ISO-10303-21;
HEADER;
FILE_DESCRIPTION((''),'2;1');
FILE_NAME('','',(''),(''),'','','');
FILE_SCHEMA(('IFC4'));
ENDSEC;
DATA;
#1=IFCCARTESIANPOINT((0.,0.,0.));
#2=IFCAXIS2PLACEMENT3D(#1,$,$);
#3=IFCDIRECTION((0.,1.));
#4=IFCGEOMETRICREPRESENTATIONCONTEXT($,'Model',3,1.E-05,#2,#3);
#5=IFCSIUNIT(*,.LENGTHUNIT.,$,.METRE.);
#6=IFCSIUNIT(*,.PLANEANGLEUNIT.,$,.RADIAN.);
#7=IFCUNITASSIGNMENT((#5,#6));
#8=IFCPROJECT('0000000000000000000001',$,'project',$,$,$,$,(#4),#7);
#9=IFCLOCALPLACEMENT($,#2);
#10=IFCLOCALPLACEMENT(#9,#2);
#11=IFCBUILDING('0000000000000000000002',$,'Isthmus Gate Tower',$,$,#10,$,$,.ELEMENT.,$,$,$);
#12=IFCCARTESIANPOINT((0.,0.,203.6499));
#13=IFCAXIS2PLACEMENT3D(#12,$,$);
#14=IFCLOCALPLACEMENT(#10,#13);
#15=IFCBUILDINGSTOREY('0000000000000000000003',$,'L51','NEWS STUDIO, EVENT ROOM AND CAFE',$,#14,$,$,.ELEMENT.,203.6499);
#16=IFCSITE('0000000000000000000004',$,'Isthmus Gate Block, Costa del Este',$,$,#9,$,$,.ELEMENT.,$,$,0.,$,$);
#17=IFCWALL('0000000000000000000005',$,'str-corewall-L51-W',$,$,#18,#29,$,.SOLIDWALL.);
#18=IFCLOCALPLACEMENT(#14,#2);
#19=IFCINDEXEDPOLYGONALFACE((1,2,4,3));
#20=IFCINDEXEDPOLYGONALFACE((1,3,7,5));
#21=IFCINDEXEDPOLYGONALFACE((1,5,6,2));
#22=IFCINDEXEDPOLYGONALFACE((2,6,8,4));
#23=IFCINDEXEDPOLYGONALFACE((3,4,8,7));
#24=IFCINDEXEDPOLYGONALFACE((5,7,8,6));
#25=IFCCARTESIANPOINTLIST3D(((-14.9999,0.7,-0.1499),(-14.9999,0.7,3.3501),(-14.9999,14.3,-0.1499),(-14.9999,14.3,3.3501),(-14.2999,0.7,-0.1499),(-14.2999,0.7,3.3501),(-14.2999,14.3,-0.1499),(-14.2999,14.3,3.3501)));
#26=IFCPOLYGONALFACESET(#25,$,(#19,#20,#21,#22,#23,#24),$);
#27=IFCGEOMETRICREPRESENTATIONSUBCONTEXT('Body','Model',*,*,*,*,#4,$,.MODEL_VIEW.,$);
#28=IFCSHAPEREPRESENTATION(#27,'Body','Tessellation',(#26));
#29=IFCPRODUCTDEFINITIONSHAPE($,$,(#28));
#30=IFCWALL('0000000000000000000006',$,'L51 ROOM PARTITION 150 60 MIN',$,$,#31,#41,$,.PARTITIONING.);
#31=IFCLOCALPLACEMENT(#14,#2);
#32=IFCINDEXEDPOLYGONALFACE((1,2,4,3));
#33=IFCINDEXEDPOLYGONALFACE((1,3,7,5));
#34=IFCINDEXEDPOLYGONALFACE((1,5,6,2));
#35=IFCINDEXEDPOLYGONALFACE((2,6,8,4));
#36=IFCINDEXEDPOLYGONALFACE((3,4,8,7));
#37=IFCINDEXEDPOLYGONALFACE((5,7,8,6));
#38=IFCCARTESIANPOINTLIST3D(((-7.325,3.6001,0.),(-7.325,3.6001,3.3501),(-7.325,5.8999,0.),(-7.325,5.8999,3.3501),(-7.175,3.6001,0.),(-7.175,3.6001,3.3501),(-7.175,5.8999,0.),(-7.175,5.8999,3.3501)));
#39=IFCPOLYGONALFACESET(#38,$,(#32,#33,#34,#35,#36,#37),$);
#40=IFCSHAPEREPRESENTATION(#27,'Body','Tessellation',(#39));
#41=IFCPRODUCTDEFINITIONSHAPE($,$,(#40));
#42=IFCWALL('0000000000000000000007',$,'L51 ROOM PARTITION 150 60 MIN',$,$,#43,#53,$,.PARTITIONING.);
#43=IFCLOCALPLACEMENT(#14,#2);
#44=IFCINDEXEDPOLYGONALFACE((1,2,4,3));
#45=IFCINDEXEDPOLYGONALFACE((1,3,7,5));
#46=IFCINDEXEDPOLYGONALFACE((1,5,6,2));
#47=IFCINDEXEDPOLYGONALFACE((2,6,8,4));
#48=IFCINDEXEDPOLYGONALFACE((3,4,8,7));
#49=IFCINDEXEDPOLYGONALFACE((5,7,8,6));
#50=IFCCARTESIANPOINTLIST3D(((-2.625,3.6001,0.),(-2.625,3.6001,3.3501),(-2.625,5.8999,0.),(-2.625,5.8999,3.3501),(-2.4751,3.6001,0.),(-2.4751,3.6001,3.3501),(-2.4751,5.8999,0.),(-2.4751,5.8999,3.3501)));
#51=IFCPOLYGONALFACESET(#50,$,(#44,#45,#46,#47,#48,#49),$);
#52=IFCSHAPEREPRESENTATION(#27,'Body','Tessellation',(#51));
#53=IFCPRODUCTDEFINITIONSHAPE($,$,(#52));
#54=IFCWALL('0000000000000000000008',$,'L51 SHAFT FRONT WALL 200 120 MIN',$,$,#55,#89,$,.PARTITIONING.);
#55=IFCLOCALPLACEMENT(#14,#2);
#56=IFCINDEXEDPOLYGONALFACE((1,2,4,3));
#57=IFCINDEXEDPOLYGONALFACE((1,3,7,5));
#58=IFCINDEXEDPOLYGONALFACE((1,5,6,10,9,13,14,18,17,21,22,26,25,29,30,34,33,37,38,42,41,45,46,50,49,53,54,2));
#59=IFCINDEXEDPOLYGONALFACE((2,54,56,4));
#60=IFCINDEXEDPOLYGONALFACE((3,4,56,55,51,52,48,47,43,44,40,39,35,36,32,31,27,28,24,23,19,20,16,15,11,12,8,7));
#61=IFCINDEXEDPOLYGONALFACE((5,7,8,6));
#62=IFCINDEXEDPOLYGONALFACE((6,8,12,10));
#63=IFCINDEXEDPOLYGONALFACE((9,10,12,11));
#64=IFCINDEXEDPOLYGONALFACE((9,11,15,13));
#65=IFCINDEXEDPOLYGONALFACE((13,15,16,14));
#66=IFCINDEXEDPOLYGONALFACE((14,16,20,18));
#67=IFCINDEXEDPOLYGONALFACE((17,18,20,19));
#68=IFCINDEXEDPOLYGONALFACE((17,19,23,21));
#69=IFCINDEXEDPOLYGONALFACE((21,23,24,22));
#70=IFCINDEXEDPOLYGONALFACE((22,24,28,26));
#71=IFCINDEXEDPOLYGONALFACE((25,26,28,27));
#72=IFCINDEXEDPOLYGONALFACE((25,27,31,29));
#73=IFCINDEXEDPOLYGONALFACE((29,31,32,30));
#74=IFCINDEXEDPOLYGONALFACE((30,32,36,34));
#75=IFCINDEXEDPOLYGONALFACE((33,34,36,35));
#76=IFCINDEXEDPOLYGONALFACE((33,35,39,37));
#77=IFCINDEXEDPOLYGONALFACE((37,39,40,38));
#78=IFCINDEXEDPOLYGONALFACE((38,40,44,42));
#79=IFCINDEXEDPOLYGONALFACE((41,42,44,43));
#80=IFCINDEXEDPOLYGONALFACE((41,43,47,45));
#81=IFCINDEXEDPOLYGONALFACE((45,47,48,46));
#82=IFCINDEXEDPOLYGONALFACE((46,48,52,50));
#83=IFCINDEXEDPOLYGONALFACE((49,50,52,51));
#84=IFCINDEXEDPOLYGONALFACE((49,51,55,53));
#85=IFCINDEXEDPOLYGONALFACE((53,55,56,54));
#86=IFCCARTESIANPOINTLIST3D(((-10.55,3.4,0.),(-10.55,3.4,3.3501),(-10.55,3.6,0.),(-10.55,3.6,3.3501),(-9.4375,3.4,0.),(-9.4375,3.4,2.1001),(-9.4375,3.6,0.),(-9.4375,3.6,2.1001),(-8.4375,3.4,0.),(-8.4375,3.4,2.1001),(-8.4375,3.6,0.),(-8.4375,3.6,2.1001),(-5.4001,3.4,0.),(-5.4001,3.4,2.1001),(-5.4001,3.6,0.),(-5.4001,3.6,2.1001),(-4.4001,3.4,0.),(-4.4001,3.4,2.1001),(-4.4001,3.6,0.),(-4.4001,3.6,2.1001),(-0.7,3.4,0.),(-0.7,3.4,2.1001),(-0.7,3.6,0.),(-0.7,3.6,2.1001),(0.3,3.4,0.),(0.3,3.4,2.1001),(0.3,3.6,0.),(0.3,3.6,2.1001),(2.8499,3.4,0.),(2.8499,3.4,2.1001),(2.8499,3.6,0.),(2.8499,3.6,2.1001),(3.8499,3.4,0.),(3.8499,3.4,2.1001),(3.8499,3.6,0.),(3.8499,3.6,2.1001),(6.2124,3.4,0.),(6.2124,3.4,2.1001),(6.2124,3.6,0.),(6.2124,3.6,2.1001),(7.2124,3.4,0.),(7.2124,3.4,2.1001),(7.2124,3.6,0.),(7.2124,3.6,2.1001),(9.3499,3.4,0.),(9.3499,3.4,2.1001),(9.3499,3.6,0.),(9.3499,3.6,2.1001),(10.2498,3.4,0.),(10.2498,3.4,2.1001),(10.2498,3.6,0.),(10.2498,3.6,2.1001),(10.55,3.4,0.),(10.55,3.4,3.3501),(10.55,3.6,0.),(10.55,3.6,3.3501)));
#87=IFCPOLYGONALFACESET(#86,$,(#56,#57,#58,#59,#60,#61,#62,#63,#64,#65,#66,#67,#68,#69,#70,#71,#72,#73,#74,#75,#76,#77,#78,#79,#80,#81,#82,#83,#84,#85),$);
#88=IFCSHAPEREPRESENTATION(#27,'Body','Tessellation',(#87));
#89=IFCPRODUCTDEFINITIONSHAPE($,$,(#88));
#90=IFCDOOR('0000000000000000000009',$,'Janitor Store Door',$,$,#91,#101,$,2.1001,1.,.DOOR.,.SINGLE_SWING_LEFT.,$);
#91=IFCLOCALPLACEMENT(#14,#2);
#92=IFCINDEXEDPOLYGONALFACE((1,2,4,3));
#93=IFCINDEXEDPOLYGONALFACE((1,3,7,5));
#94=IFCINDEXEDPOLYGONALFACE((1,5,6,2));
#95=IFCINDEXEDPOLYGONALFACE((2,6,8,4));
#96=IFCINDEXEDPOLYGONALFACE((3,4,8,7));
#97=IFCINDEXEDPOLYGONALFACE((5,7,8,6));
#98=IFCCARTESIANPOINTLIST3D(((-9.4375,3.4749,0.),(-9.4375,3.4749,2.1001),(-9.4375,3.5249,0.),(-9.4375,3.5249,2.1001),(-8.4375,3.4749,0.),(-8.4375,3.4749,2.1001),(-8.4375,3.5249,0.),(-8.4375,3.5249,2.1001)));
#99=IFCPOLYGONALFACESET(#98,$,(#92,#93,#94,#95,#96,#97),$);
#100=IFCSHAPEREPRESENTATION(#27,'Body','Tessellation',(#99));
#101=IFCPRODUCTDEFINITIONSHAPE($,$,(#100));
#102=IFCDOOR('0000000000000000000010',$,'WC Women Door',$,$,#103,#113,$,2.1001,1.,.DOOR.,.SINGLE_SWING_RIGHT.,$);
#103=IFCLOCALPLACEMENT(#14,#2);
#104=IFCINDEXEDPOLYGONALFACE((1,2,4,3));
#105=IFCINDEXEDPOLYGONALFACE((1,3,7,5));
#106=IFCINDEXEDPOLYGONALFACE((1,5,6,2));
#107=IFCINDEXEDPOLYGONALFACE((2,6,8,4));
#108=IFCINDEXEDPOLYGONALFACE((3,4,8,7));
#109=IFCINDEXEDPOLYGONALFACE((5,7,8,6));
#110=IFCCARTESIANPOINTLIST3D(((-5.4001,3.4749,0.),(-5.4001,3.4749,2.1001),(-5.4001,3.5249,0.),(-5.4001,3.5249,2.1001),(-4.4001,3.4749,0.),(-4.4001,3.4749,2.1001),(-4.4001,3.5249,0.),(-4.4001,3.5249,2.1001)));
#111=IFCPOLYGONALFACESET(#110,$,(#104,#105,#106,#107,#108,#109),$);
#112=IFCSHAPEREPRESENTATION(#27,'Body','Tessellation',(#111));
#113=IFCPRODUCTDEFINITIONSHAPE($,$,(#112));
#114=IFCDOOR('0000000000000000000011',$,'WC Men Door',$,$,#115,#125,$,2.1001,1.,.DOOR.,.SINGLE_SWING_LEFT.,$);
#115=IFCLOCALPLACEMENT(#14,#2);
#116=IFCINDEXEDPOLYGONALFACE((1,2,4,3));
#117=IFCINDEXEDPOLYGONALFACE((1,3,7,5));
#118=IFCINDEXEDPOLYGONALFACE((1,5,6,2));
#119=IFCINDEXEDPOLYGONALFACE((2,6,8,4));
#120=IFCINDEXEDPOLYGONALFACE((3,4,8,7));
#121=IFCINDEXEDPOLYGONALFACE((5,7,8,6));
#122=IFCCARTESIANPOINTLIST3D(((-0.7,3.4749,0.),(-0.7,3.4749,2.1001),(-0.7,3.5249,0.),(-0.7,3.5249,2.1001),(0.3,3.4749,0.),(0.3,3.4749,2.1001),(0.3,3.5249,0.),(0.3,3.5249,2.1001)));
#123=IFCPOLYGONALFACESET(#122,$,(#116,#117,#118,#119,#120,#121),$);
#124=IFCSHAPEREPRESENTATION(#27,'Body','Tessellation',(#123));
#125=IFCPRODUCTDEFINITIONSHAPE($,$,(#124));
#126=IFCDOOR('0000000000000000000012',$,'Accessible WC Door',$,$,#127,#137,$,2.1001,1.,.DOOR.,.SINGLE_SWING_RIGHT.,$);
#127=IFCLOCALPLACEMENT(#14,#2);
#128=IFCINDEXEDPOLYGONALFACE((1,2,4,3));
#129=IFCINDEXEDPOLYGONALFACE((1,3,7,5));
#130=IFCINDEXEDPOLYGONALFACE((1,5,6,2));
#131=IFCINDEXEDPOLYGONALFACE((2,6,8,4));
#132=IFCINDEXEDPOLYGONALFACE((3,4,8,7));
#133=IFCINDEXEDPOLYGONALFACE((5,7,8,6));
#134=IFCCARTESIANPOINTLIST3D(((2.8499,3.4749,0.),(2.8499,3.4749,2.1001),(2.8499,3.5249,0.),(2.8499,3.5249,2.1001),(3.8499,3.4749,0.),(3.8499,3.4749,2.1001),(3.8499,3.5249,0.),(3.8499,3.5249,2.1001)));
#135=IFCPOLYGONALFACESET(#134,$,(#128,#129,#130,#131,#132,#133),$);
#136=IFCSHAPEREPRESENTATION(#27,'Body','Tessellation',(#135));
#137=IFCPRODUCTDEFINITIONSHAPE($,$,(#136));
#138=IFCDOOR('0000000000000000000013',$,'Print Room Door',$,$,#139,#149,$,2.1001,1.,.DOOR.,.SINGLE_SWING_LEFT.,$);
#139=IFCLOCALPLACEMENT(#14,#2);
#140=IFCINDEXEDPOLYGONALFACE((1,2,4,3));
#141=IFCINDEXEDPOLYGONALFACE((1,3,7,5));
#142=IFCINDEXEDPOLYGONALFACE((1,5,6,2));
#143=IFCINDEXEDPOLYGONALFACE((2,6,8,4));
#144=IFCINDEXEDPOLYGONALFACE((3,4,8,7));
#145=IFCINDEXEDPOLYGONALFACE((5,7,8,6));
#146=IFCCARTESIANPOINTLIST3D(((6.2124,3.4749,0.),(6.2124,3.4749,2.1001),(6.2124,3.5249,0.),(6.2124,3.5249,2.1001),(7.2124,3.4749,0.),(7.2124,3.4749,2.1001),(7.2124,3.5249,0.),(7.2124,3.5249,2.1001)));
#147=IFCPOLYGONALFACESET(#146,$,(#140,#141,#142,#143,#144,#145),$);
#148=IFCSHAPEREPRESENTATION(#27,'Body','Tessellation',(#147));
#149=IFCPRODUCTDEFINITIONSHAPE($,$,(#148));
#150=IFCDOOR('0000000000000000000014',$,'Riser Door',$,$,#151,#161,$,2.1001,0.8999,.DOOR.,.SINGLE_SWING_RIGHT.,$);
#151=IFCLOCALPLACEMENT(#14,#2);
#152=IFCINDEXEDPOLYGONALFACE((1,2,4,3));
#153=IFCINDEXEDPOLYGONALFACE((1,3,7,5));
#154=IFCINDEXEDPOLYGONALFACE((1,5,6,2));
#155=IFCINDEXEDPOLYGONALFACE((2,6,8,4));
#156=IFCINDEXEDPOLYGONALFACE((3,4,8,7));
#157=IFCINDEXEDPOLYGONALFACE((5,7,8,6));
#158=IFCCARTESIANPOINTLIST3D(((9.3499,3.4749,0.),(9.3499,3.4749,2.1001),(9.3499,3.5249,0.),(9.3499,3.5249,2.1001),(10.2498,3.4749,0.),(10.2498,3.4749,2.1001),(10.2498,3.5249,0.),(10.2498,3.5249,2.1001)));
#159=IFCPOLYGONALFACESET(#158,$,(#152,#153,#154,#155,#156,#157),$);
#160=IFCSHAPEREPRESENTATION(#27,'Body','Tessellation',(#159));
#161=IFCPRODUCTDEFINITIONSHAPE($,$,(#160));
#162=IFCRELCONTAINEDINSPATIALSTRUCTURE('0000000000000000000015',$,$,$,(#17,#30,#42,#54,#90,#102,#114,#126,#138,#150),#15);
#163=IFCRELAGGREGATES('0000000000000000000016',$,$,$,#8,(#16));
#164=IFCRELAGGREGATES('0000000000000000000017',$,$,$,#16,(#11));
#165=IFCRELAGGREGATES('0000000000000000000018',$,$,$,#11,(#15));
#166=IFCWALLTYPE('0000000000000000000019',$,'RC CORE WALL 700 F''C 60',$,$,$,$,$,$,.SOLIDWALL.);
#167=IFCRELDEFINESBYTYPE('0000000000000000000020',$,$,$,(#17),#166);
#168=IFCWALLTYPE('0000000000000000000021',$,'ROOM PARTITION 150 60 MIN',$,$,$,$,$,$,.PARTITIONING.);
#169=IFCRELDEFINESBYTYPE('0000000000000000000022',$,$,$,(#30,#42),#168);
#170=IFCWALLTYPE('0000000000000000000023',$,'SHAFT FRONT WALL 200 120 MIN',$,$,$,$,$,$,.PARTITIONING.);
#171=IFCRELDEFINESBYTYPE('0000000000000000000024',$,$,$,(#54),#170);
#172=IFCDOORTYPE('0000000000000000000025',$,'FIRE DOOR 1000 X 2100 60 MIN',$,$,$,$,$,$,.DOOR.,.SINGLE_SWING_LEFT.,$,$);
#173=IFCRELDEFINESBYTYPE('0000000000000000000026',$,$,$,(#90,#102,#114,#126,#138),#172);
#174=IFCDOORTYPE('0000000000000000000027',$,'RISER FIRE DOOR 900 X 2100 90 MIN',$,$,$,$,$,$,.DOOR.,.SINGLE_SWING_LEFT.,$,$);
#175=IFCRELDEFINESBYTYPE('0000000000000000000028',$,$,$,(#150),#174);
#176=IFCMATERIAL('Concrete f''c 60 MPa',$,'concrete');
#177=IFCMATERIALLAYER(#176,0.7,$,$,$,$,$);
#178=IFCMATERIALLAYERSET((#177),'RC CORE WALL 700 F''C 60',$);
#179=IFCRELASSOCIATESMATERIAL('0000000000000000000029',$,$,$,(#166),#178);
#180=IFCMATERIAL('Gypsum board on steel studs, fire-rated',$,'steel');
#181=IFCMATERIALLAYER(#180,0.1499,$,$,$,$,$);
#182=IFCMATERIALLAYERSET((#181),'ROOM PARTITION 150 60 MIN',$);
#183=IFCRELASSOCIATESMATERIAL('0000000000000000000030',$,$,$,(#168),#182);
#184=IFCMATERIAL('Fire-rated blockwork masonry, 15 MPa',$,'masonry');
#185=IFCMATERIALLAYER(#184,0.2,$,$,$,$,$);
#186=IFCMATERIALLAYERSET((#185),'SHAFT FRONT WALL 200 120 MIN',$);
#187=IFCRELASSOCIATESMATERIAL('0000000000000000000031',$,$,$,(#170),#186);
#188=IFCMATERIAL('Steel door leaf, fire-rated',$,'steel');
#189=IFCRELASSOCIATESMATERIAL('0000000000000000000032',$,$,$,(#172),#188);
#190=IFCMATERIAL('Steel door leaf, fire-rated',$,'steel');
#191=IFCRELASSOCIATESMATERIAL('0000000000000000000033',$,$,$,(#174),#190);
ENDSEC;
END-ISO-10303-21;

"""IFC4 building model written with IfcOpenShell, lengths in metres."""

from ifc_helpers import new_model, si_unit, direction, frame, frame_2d, origin, place, context, subcontext, project, spatial, rectangle, extrude, material, layer, layer_set, type_object, element, fill, save


model = new_model("IFC4")

# Units and contexts
model_context = context("Model", 3, precision=1e-05, world=origin(), true_north=direction((0.0, 1.0)))
body_context = subcontext(model_context, "Body", "Model", "MODEL_VIEW")
ifc_project = project(units=[si_unit("LENGTHUNIT", "METRE"), si_unit("PLANEANGLEUNIT", "RADIAN")], contexts=[model_context])

# Site, building, storey
site_placement = place(None, origin())
site = spatial("IfcSite", under=ifc_project, at=site_placement, Name="Isthmus Gate Block, Costa del Este", CompositionType="ELEMENT", RefElevation=0.0)
building_placement = place(site_placement, origin())
building = spatial("IfcBuilding", under=site, at=building_placement, Name="Isthmus Gate Tower", CompositionType="ELEMENT")
storey_placement = place(building_placement, frame((0.0, 0.0, 203.6499)))
storey = spatial("IfcBuildingStorey", under=building, at=storey_placement, Name="L51", Description="NEWS STUDIO, EVENT ROOM AND CAFE", CompositionType="ELEMENT", Elevation=203.6499)

# Shared definitions
ifc_material_1 = material(Name="Concrete f'c 60 MPa", Category="concrete")
ifc_layer_1 = layer(ifc_material_1, 0.7)
ifc_layer_set_1 = layer_set([ifc_layer_1], Name="RC CORE WALL 700 F'C 60")
wall_type_1 = type_object("IfcWallType", Name="RC CORE WALL 700 F'C 60", PredefinedType="SOLIDWALL", material=ifc_layer_set_1)

# Walls
wall_1_placement = place(storey_placement, frame((-14.6499, 0.7, -0.1499), z_axis=(0.0, 0.0, 1.0), x_axis=(0.0, 1.0, 0.0)))
element("IfcWall", 1, at=wall_1_placement, inside=storey, type_object=wall_type_1, Name="str-corewall-L51-W", PredefinedType="SOLIDWALL", context=body_context, shape_type="SweptSolid", body=[
    extrude(rectangle(XDim=13.6001, YDim=0.7, at=frame_2d((6.8, 0.0))), origin(), (0.0, 0.0, 1.0), 3.5),
])
ifc_material_2 = material(Name="Gypsum board on steel studs, fire-rated", Category="steel")
ifc_layer_2 = layer(ifc_material_2, 0.1499)
ifc_layer_set_2 = layer_set([ifc_layer_2], Name="ROOM PARTITION 150 60 MIN")
wall_type_2 = type_object("IfcWallType", Name="ROOM PARTITION 150 60 MIN", PredefinedType="PARTITIONING", material=ifc_layer_set_2)
for number, where, z_axis, x_axis, name in (
    (2, (-7.25, 3.6001, 0.0), (0.0, 0.0, 1.0), (0.0, 1.0, 0.0), "L51 ROOM PARTITION 150 60 MIN"),
    (3, (-2.55, 3.6001, 0.0), (0.0, 0.0, 1.0), (0.0, 1.0, 0.0), "L51 ROOM PARTITION 150 60 MIN"),
):
    element("IfcWall", number, at=place(storey_placement, frame(where, z_axis=z_axis, x_axis=x_axis)), inside=storey, type_object=wall_type_2, Name=name, PredefinedType="PARTITIONING", context=body_context, shape_type="SweptSolid", body=[
        extrude(rectangle(XDim=2.2998, YDim=0.1499, at=frame_2d((1.1499, 0.0))), origin(), (0.0, 0.0, 1.0), 3.3501),
    ])

# Wall, openings, doors
ifc_material_3 = material(Name="Fire-rated blockwork masonry, 15 MPa", Category="masonry")
ifc_layer_3 = layer(ifc_material_3, 0.2)
ifc_layer_set_3 = layer_set([ifc_layer_3], Name="SHAFT FRONT WALL 200 120 MIN")
wall_type_3 = type_object("IfcWallType", Name="SHAFT FRONT WALL 200 120 MIN", PredefinedType="PARTITIONING", material=ifc_layer_set_3)
wall_2_placement = place(storey_placement, frame((-10.55, 3.5, 0.0), z_axis=(0.0, 0.0, 1.0), x_axis=(1.0, 0.0, 0.0)))
wall_2 = element("IfcWall", 4, at=wall_2_placement, inside=storey, type_object=wall_type_3, Name="L51 SHAFT FRONT WALL 200 120 MIN", PredefinedType="PARTITIONING", context=body_context, shape_type="SweptSolid", body=[
    extrude(rectangle(XDim=21.1001, YDim=0.2, at=frame_2d((10.55, 0.0))), origin(), (0.0, 0.0, 1.0), 3.3501),
])
opening_1_placement = place(wall_2_placement, frame((1.1125, 0.0, 0.0)))
opening_1 = element("IfcOpeningElement", 5, at=opening_1_placement, cuts=wall_2, PredefinedType="OPENING", context=body_context, shape_type="SweptSolid", body=[
    extrude(rectangle(XDim=1.0, YDim=2.1001, at=frame_2d((0.5, 1.05))), frame((0.0, 0.1099, 0.0), z_axis=(0.0, -1.0, 0.0), x_axis=(1.0, 0.0, 0.0)), (0.0, 0.0, 1.0), 0.22),
])
opening_2_placement = place(wall_2_placement, frame((5.1499, 0.0, 0.0)))
opening_2 = element("IfcOpeningElement", 6, at=opening_2_placement, cuts=wall_2, PredefinedType="OPENING", context=body_context, shape_type="SweptSolid", body=[
    extrude(rectangle(XDim=1.0, YDim=2.1001, at=frame_2d((0.5, 1.05))), frame((0.0, 0.1099, 0.0), z_axis=(0.0, -1.0, 0.0), x_axis=(1.0, 0.0, 0.0)), (0.0, 0.0, 1.0), 0.22),
])
opening_3_placement = place(wall_2_placement, frame((9.8501, 0.0, 0.0)))
opening_3 = element("IfcOpeningElement", 7, at=opening_3_placement, cuts=wall_2, PredefinedType="OPENING", context=body_context, shape_type="SweptSolid", body=[
    extrude(rectangle(XDim=1.0, YDim=2.1001, at=frame_2d((0.5, 1.05))), frame((0.0, 0.1099, 0.0), z_axis=(0.0, -1.0, 0.0), x_axis=(1.0, 0.0, 0.0)), (0.0, 0.0, 1.0), 0.22),
])
opening_4_placement = place(wall_2_placement, frame((13.3999, 0.0, 0.0)))
opening_4 = element("IfcOpeningElement", 8, at=opening_4_placement, cuts=wall_2, PredefinedType="OPENING", context=body_context, shape_type="SweptSolid", body=[
    extrude(rectangle(XDim=1.0, YDim=2.1001, at=frame_2d((0.5, 1.05))), frame((0.0, 0.1099, 0.0), z_axis=(0.0, -1.0, 0.0), x_axis=(1.0, 0.0, 0.0)), (0.0, 0.0, 1.0), 0.22),
])
opening_5_placement = place(wall_2_placement, frame((16.7625, 0.0, 0.0)))
opening_5 = element("IfcOpeningElement", 9, at=opening_5_placement, cuts=wall_2, PredefinedType="OPENING", context=body_context, shape_type="SweptSolid", body=[
    extrude(rectangle(XDim=1.0, YDim=2.1001, at=frame_2d((0.5, 1.05))), frame((0.0, 0.1099, 0.0), z_axis=(0.0, -1.0, 0.0), x_axis=(1.0, 0.0, 0.0)), (0.0, 0.0, 1.0), 0.22),
])
opening_6_placement = place(wall_2_placement, frame((19.8999, 0.0, 0.0)))
opening_6 = element("IfcOpeningElement", 10, at=opening_6_placement, cuts=wall_2, PredefinedType="OPENING", context=body_context, shape_type="SweptSolid", body=[
    extrude(rectangle(XDim=0.8999, YDim=2.1001, at=frame_2d((0.45, 1.05))), frame((0.0, 0.1099, 0.0), z_axis=(0.0, -1.0, 0.0), x_axis=(1.0, 0.0, 0.0)), (0.0, 0.0, 1.0), 0.22),
])
ifc_material_4 = material(Name="Steel door leaf, fire-rated", Category="steel")
door_type_1 = type_object("IfcDoorType", Name="FIRE DOOR 1000 X 2100 60 MIN", OperationType="SINGLE_SWING_LEFT", PredefinedType="DOOR", material=ifc_material_4)
door_1_placement = place(opening_1_placement, origin())
door_1 = element("IfcDoor", 11, at=door_1_placement, inside=storey, type_object=door_type_1, Name="Janitor Store Door", OperationType="SINGLE_SWING_LEFT", OverallHeight=2.1001, OverallWidth=1.0, PredefinedType="DOOR", context=body_context, shape_type="SweptSolid", body=[
    extrude(rectangle(XDim=1.0, YDim=2.1001, at=frame_2d((0.5, 1.05))), frame((0.0, 0.0249, 0.0), z_axis=(0.0, -1.0, 0.0), x_axis=(1.0, 0.0, 0.0)), (0.0, 0.0, 1.0), 0.05),
])
fill(opening_1, door_1)
door_2_placement = place(opening_2_placement, origin())
door_2 = element("IfcDoor", 12, at=door_2_placement, inside=storey, type_object=door_type_1, Name="WC Women Door", OperationType="SINGLE_SWING_RIGHT", OverallHeight=2.1001, OverallWidth=1.0, PredefinedType="DOOR", context=body_context, shape_type="SweptSolid", body=[
    extrude(rectangle(XDim=1.0, YDim=2.1001, at=frame_2d((0.5, 1.05))), frame((0.0, 0.0249, 0.0), z_axis=(0.0, -1.0, 0.0), x_axis=(1.0, 0.0, 0.0)), (0.0, 0.0, 1.0), 0.05),
])
fill(opening_2, door_2)
door_3_placement = place(opening_3_placement, origin())
door_3 = element("IfcDoor", 13, at=door_3_placement, inside=storey, type_object=door_type_1, Name="WC Men Door", OperationType="SINGLE_SWING_LEFT", OverallHeight=2.1001, OverallWidth=1.0, PredefinedType="DOOR", context=body_context, shape_type="SweptSolid", body=[
    extrude(rectangle(XDim=1.0, YDim=2.1001, at=frame_2d((0.5, 1.05))), frame((0.0, 0.0249, 0.0), z_axis=(0.0, -1.0, 0.0), x_axis=(1.0, 0.0, 0.0)), (0.0, 0.0, 1.0), 0.05),
])
fill(opening_3, door_3)
door_4_placement = place(opening_4_placement, origin())
door_4 = element("IfcDoor", 14, at=door_4_placement, inside=storey, type_object=door_type_1, Name="Accessible WC Door", OperationType="SINGLE_SWING_RIGHT", OverallHeight=2.1001, OverallWidth=1.0, PredefinedType="DOOR", context=body_context, shape_type="SweptSolid", body=[
    extrude(rectangle(XDim=1.0, YDim=2.1001, at=frame_2d((0.5, 1.05))), frame((0.0, 0.0249, 0.0), z_axis=(0.0, -1.0, 0.0), x_axis=(1.0, 0.0, 0.0)), (0.0, 0.0, 1.0), 0.05),
])
fill(opening_4, door_4)
door_5_placement = place(opening_5_placement, origin())
door_5 = element("IfcDoor", 15, at=door_5_placement, inside=storey, type_object=door_type_1, Name="Print Room Door", OperationType="SINGLE_SWING_LEFT", OverallHeight=2.1001, OverallWidth=1.0, PredefinedType="DOOR", context=body_context, shape_type="SweptSolid", body=[
    extrude(rectangle(XDim=1.0, YDim=2.1001, at=frame_2d((0.5, 1.05))), frame((0.0, 0.0249, 0.0), z_axis=(0.0, -1.0, 0.0), x_axis=(1.0, 0.0, 0.0)), (0.0, 0.0, 1.0), 0.05),
])
fill(opening_5, door_5)
ifc_material_5 = material(Name="Steel door leaf, fire-rated", Category="steel")
door_type_2 = type_object("IfcDoorType", Name="RISER FIRE DOOR 900 X 2100 90 MIN", OperationType="SINGLE_SWING_LEFT", PredefinedType="DOOR", material=ifc_material_5)
door_6_placement = place(opening_6_placement, origin())
door_6 = element("IfcDoor", 16, at=door_6_placement, inside=storey, type_object=door_type_2, Name="Riser Door", OperationType="SINGLE_SWING_RIGHT", OverallHeight=2.1001, OverallWidth=0.8999, PredefinedType="DOOR", context=body_context, shape_type="SweptSolid", body=[
    extrude(rectangle(XDim=0.8999, YDim=2.1001, at=frame_2d((0.45, 1.05))), frame((0.0, 0.0249, 0.0), z_axis=(0.0, -1.0, 0.0), x_axis=(1.0, 0.0, 0.0)), (0.0, 0.0, 1.0), 0.05),
])
fill(opening_6, door_6)

save(model, "model.ifc")
